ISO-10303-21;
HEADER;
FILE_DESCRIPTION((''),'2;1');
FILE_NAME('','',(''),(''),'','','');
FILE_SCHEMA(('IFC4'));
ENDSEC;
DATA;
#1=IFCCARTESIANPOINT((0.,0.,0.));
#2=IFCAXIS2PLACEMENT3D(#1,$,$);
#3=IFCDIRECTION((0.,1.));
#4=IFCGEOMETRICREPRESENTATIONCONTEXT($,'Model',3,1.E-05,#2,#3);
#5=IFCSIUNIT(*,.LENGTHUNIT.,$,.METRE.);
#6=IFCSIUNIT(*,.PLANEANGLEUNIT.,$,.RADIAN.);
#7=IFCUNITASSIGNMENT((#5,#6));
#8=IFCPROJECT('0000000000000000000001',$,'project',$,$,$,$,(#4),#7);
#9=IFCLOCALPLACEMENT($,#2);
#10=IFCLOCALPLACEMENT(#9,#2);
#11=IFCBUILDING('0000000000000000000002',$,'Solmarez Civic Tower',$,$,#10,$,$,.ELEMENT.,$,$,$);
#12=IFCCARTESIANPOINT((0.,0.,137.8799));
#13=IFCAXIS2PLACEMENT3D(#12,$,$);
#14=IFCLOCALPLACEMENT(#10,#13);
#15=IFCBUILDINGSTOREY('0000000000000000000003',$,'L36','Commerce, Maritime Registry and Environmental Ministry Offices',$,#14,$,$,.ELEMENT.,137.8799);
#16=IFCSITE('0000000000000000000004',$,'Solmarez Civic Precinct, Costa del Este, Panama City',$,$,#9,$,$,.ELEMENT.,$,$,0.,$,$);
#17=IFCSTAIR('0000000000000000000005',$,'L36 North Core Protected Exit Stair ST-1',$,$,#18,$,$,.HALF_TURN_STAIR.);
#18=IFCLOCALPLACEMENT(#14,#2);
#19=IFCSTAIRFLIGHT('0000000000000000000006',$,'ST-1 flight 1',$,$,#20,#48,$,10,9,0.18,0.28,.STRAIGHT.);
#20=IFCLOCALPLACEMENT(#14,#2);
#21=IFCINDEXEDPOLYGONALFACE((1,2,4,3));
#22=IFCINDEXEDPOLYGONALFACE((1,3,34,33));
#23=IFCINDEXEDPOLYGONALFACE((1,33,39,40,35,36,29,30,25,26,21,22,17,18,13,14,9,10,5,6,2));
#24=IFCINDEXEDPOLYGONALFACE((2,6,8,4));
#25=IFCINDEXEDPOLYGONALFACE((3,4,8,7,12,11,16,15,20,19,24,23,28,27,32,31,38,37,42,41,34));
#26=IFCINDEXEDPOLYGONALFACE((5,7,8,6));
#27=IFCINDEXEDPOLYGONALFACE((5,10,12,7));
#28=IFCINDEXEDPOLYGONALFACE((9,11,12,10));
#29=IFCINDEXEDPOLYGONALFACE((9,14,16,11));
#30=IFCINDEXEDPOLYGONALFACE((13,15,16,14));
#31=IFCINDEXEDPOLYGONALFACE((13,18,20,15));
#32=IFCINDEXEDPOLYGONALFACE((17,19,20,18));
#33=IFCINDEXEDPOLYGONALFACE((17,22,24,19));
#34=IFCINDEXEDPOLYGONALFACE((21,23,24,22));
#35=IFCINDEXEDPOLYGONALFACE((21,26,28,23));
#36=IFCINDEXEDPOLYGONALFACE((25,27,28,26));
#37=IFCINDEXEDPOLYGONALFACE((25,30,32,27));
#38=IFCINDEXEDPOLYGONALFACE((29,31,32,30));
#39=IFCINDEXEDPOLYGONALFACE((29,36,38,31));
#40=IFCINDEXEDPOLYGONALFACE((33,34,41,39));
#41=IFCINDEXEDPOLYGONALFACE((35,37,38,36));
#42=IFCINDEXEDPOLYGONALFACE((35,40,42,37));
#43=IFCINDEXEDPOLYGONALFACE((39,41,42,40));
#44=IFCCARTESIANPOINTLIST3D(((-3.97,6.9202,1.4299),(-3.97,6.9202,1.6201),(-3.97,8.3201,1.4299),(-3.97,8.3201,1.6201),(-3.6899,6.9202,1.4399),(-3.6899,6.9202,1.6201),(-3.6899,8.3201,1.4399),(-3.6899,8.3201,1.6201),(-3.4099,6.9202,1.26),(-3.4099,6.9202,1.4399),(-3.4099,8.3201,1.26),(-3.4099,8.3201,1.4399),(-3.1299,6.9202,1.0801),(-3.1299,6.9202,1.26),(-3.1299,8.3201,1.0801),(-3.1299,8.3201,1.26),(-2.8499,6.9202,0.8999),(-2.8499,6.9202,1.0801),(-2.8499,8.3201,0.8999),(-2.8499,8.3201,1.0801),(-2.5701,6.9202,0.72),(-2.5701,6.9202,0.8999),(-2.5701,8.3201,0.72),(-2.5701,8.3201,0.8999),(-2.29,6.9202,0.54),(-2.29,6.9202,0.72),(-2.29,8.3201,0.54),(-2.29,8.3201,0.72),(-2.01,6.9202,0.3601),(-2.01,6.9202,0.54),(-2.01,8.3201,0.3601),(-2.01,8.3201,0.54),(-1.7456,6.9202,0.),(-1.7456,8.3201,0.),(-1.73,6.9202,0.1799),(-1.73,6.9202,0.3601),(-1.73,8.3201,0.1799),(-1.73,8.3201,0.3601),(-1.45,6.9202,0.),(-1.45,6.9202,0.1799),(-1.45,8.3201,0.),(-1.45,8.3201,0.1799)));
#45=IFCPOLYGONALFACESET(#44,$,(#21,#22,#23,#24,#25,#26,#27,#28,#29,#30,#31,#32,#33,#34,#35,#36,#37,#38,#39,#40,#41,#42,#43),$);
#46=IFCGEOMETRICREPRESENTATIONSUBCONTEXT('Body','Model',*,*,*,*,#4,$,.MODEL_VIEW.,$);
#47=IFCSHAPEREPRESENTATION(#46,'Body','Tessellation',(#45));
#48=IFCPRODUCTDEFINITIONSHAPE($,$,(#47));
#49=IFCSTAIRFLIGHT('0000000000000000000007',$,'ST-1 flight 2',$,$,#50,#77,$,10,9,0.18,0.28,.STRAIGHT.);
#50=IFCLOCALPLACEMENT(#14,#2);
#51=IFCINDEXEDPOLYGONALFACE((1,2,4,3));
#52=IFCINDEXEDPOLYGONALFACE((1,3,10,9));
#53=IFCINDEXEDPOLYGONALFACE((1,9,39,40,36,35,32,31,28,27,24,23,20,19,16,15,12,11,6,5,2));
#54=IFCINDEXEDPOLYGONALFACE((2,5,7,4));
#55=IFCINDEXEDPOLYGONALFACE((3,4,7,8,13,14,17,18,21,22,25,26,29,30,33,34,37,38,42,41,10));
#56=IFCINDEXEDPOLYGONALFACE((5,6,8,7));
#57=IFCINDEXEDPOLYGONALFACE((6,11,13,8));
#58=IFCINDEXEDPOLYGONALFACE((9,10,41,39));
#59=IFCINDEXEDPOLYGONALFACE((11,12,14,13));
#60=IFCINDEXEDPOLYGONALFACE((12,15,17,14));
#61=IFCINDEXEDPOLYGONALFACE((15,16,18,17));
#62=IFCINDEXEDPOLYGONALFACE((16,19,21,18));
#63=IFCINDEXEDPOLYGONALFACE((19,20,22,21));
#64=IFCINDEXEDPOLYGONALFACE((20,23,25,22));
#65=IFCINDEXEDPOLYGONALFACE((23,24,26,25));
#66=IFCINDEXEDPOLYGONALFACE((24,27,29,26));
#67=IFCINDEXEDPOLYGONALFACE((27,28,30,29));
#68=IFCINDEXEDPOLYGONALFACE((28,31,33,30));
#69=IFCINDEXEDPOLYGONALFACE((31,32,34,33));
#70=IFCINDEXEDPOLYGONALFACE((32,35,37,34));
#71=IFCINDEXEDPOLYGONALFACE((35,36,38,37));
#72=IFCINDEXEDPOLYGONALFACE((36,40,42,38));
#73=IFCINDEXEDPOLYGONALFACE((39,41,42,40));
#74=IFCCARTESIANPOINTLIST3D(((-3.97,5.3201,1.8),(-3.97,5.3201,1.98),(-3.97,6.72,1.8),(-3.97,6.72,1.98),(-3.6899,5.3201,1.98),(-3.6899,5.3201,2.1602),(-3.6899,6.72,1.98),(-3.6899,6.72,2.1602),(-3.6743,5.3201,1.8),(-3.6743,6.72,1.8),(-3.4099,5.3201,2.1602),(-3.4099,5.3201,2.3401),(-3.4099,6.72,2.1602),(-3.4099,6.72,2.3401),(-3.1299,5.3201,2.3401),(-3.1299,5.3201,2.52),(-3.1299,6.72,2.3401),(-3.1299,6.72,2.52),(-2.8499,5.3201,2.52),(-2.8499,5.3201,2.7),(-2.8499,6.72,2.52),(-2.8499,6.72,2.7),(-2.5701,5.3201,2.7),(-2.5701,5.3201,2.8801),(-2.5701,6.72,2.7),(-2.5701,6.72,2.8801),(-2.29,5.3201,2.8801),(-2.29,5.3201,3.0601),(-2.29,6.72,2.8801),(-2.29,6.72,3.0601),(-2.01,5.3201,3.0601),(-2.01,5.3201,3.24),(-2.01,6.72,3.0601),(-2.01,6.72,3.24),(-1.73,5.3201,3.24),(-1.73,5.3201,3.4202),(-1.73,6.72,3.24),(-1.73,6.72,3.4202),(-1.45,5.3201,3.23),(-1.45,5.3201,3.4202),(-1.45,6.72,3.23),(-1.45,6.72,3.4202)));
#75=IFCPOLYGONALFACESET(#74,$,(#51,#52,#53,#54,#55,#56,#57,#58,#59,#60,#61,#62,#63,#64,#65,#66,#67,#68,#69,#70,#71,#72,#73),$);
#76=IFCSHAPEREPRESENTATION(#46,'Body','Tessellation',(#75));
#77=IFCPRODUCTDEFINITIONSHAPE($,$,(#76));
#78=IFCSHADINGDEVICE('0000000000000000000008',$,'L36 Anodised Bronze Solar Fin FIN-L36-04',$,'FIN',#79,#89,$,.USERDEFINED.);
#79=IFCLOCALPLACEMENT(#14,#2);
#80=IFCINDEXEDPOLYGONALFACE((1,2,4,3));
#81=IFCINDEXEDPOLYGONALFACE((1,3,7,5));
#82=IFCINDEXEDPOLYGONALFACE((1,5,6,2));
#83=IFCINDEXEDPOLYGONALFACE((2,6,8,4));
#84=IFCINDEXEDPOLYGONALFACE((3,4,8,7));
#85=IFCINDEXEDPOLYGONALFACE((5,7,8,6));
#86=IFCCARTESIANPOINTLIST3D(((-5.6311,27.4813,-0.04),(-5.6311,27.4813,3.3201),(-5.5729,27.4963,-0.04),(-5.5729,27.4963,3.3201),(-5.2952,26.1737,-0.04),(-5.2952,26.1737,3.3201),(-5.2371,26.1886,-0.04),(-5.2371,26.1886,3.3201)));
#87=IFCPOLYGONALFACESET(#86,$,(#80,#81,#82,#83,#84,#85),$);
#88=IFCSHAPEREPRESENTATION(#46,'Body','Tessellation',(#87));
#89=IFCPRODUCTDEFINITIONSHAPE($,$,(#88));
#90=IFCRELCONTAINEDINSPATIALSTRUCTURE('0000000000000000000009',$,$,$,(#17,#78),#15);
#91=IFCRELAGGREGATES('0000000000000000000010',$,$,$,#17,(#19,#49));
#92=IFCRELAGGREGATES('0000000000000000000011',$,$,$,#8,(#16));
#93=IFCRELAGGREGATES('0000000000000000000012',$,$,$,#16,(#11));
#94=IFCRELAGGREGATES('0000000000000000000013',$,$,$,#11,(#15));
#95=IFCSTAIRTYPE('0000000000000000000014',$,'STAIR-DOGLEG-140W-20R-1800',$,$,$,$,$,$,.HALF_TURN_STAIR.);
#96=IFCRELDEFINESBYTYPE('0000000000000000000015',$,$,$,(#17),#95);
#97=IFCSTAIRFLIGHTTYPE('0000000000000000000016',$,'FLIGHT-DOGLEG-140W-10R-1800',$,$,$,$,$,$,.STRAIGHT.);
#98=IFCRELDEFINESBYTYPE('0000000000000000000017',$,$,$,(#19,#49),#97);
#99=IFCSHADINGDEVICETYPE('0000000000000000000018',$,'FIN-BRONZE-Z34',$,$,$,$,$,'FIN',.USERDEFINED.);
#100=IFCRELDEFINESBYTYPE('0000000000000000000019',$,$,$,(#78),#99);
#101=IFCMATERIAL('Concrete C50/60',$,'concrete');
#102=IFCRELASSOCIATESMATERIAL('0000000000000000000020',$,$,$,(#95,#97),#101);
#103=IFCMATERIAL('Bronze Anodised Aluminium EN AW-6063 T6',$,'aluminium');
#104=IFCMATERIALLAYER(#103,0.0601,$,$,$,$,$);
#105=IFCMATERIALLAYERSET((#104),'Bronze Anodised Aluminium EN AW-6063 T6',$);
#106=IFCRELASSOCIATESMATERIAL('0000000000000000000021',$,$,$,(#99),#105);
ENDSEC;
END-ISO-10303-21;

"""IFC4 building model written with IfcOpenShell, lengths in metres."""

from ifc_helpers import new_model, si_unit, direction, frame, origin, origin_2d, place, context, subcontext, project, spatial, polyline, rectangle, outline, extrude, material, layer, layer_set, type_object, element, aggregate, save


model = new_model("IFC4")

# Units and contexts
model_context = context("Model", 3, precision=1e-05, world=origin(), true_north=direction((0.0, 1.0)))
body_context = subcontext(model_context, "Body", "Model", "MODEL_VIEW")
ifc_project = project(units=[si_unit("LENGTHUNIT", "METRE"), si_unit("PLANEANGLEUNIT", "RADIAN")], contexts=[model_context])

# Site, building, storey
site_placement = place(None, origin())
site = spatial("IfcSite", under=ifc_project, at=site_placement, Name="Solmarez Civic Precinct, Costa del Este, Panama City", CompositionType="ELEMENT", RefElevation=0.0)
building_placement = place(site_placement, origin())
building = spatial("IfcBuilding", under=site, at=building_placement, Name="Solmarez Civic Tower", CompositionType="ELEMENT")
storey_placement = place(building_placement, frame((0.0, 0.0, 137.8799)))
storey = spatial("IfcBuildingStorey", under=building, at=storey_placement, Name="L36", Description="Commerce, Maritime Registry and Environmental Ministry Offices", CompositionType="ELEMENT", Elevation=137.8799)

# Shared definitions
ifc_material_1 = material(Name="Concrete C50/60", Category="concrete")

# Stair, stair flights
stair_type = type_object("IfcStairType", Name="STAIR-DOGLEG-140W-20R-1800", PredefinedType="HALF_TURN_STAIR", material=ifc_material_1)
stair_placement = place(storey_placement, origin())
stair = element("IfcStair", 1, at=stair_placement, inside=storey, type_object=stair_type, Name="L36 North Core Protected Exit Stair ST-1", PredefinedType="HALF_TURN_STAIR")
stair_flight_type = type_object("IfcStairFlightType", Name="FLIGHT-DOGLEG-140W-10R-1800", PredefinedType="STRAIGHT", material=ifc_material_1)
stair_flight_1_placement = place(storey_placement, frame((-1.45, 7.6201, 0.0), z_axis=(0.0, 0.0, 1.0), x_axis=(-1.0, 0.0, 0.0)))
stair_flight_1 = element("IfcStairFlight", 2, at=stair_flight_1_placement, type_object=stair_flight_type, Name="ST-1 flight 1", NumberOfRisers=10, NumberOfTreads=9, PredefinedType="STRAIGHT", RiserHeight=0.18, TreadLength=0.28, context=body_context, shape_type="SweptSolid", body=[
    extrude(outline(polyline([(0.0, 0.0), (0.0, 0.1799), (0.28, 0.1799), (0.28, 0.3601), (0.5601, 0.3601), (0.5601, 0.54), (0.8401, 0.54), (0.8401, 0.72), (1.1201, 0.72), (1.1201, 0.8999), (1.3999, 0.8999), (1.3999, 1.0801), (1.6799, 1.0801), (1.6799, 1.26), (1.96, 1.26), (1.96, 1.4399), (2.24, 1.4399), (2.24, 1.6201), (2.52, 1.6201), (2.52, 1.8), (2.52, 1.4299), (0.2957, 0.0), (0.0, 0.0)])), frame((0.0, 0.7, 0.0), z_axis=(0.0, -1.0, 0.0), x_axis=(1.0, 0.0, 0.0)), (0.0, 0.0, 1.0), 1.3999),
])
stair_flight_2_placement = place(storey_placement, frame((-3.97, 6.02, 1.8), z_axis=(0.0, 0.0, 1.0), x_axis=(1.0, 0.0, 0.0)))
stair_flight_2 = element("IfcStairFlight", 3, at=stair_flight_2_placement, type_object=stair_flight_type, Name="ST-1 flight 2", NumberOfRisers=10, NumberOfTreads=9, PredefinedType="STRAIGHT", RiserHeight=0.18, TreadLength=0.28, context=body_context, shape_type="SweptSolid", body=[
    extrude(outline(polyline([(0.0, 0.0), (0.0, 0.1799), (0.28, 0.1799), (0.28, 0.3601), (0.5601, 0.3601), (0.5601, 0.54), (0.8401, 0.54), (0.8401, 0.72), (1.1201, 0.72), (1.1201, 0.8999), (1.3999, 0.8999), (1.3999, 1.0801), (1.6799, 1.0801), (1.6799, 1.26), (1.96, 1.26), (1.96, 1.4399), (2.24, 1.4399), (2.24, 1.6201), (2.52, 1.6201), (2.52, 1.8), (2.52, 1.4299), (0.2957, 0.0), (0.0, 0.0)])), frame((0.0, 0.7, 0.0), z_axis=(0.0, -1.0, 0.0), x_axis=(1.0, 0.0, 0.0)), (0.0, 0.0, 1.0), 1.3999),
])
aggregate(stair, [stair_flight_1, stair_flight_2])

# Shading device
ifc_material_2 = material(Name="Bronze Anodised Aluminium EN AW-6063 T6", Category="aluminium")
ifc_layer_1 = layer(ifc_material_2, 0.0601)
ifc_layer_set_1 = layer_set([ifc_layer_1], Name="Bronze Anodised Aluminium EN AW-6063 T6")
shading_device_type = type_object("IfcShadingDeviceType", Name="FIN-BRONZE-Z34", ElementType="FIN", PredefinedType="USERDEFINED", material=ifc_layer_set_1)
shading_device_placement = place(storey_placement, frame((-5.4341, 26.835, -0.04), z_axis=(0.0, 0.0, 1.0), x_axis=(-0.248758, 0.968566, 0.0)))
element("IfcShadingDevice", 4, at=shading_device_placement, inside=storey, type_object=shading_device_type, Name="L36 Anodised Bronze Solar Fin FIN-L36-04", ObjectType="FIN", PredefinedType="USERDEFINED", context=body_context, shape_type="SweptSolid", body=[
    extrude(rectangle(XDim=1.3501, YDim=0.0601, at=origin_2d()), origin(), (0.0, 0.0, 1.0), 3.3601),
])

save(model, "model.ifc")
